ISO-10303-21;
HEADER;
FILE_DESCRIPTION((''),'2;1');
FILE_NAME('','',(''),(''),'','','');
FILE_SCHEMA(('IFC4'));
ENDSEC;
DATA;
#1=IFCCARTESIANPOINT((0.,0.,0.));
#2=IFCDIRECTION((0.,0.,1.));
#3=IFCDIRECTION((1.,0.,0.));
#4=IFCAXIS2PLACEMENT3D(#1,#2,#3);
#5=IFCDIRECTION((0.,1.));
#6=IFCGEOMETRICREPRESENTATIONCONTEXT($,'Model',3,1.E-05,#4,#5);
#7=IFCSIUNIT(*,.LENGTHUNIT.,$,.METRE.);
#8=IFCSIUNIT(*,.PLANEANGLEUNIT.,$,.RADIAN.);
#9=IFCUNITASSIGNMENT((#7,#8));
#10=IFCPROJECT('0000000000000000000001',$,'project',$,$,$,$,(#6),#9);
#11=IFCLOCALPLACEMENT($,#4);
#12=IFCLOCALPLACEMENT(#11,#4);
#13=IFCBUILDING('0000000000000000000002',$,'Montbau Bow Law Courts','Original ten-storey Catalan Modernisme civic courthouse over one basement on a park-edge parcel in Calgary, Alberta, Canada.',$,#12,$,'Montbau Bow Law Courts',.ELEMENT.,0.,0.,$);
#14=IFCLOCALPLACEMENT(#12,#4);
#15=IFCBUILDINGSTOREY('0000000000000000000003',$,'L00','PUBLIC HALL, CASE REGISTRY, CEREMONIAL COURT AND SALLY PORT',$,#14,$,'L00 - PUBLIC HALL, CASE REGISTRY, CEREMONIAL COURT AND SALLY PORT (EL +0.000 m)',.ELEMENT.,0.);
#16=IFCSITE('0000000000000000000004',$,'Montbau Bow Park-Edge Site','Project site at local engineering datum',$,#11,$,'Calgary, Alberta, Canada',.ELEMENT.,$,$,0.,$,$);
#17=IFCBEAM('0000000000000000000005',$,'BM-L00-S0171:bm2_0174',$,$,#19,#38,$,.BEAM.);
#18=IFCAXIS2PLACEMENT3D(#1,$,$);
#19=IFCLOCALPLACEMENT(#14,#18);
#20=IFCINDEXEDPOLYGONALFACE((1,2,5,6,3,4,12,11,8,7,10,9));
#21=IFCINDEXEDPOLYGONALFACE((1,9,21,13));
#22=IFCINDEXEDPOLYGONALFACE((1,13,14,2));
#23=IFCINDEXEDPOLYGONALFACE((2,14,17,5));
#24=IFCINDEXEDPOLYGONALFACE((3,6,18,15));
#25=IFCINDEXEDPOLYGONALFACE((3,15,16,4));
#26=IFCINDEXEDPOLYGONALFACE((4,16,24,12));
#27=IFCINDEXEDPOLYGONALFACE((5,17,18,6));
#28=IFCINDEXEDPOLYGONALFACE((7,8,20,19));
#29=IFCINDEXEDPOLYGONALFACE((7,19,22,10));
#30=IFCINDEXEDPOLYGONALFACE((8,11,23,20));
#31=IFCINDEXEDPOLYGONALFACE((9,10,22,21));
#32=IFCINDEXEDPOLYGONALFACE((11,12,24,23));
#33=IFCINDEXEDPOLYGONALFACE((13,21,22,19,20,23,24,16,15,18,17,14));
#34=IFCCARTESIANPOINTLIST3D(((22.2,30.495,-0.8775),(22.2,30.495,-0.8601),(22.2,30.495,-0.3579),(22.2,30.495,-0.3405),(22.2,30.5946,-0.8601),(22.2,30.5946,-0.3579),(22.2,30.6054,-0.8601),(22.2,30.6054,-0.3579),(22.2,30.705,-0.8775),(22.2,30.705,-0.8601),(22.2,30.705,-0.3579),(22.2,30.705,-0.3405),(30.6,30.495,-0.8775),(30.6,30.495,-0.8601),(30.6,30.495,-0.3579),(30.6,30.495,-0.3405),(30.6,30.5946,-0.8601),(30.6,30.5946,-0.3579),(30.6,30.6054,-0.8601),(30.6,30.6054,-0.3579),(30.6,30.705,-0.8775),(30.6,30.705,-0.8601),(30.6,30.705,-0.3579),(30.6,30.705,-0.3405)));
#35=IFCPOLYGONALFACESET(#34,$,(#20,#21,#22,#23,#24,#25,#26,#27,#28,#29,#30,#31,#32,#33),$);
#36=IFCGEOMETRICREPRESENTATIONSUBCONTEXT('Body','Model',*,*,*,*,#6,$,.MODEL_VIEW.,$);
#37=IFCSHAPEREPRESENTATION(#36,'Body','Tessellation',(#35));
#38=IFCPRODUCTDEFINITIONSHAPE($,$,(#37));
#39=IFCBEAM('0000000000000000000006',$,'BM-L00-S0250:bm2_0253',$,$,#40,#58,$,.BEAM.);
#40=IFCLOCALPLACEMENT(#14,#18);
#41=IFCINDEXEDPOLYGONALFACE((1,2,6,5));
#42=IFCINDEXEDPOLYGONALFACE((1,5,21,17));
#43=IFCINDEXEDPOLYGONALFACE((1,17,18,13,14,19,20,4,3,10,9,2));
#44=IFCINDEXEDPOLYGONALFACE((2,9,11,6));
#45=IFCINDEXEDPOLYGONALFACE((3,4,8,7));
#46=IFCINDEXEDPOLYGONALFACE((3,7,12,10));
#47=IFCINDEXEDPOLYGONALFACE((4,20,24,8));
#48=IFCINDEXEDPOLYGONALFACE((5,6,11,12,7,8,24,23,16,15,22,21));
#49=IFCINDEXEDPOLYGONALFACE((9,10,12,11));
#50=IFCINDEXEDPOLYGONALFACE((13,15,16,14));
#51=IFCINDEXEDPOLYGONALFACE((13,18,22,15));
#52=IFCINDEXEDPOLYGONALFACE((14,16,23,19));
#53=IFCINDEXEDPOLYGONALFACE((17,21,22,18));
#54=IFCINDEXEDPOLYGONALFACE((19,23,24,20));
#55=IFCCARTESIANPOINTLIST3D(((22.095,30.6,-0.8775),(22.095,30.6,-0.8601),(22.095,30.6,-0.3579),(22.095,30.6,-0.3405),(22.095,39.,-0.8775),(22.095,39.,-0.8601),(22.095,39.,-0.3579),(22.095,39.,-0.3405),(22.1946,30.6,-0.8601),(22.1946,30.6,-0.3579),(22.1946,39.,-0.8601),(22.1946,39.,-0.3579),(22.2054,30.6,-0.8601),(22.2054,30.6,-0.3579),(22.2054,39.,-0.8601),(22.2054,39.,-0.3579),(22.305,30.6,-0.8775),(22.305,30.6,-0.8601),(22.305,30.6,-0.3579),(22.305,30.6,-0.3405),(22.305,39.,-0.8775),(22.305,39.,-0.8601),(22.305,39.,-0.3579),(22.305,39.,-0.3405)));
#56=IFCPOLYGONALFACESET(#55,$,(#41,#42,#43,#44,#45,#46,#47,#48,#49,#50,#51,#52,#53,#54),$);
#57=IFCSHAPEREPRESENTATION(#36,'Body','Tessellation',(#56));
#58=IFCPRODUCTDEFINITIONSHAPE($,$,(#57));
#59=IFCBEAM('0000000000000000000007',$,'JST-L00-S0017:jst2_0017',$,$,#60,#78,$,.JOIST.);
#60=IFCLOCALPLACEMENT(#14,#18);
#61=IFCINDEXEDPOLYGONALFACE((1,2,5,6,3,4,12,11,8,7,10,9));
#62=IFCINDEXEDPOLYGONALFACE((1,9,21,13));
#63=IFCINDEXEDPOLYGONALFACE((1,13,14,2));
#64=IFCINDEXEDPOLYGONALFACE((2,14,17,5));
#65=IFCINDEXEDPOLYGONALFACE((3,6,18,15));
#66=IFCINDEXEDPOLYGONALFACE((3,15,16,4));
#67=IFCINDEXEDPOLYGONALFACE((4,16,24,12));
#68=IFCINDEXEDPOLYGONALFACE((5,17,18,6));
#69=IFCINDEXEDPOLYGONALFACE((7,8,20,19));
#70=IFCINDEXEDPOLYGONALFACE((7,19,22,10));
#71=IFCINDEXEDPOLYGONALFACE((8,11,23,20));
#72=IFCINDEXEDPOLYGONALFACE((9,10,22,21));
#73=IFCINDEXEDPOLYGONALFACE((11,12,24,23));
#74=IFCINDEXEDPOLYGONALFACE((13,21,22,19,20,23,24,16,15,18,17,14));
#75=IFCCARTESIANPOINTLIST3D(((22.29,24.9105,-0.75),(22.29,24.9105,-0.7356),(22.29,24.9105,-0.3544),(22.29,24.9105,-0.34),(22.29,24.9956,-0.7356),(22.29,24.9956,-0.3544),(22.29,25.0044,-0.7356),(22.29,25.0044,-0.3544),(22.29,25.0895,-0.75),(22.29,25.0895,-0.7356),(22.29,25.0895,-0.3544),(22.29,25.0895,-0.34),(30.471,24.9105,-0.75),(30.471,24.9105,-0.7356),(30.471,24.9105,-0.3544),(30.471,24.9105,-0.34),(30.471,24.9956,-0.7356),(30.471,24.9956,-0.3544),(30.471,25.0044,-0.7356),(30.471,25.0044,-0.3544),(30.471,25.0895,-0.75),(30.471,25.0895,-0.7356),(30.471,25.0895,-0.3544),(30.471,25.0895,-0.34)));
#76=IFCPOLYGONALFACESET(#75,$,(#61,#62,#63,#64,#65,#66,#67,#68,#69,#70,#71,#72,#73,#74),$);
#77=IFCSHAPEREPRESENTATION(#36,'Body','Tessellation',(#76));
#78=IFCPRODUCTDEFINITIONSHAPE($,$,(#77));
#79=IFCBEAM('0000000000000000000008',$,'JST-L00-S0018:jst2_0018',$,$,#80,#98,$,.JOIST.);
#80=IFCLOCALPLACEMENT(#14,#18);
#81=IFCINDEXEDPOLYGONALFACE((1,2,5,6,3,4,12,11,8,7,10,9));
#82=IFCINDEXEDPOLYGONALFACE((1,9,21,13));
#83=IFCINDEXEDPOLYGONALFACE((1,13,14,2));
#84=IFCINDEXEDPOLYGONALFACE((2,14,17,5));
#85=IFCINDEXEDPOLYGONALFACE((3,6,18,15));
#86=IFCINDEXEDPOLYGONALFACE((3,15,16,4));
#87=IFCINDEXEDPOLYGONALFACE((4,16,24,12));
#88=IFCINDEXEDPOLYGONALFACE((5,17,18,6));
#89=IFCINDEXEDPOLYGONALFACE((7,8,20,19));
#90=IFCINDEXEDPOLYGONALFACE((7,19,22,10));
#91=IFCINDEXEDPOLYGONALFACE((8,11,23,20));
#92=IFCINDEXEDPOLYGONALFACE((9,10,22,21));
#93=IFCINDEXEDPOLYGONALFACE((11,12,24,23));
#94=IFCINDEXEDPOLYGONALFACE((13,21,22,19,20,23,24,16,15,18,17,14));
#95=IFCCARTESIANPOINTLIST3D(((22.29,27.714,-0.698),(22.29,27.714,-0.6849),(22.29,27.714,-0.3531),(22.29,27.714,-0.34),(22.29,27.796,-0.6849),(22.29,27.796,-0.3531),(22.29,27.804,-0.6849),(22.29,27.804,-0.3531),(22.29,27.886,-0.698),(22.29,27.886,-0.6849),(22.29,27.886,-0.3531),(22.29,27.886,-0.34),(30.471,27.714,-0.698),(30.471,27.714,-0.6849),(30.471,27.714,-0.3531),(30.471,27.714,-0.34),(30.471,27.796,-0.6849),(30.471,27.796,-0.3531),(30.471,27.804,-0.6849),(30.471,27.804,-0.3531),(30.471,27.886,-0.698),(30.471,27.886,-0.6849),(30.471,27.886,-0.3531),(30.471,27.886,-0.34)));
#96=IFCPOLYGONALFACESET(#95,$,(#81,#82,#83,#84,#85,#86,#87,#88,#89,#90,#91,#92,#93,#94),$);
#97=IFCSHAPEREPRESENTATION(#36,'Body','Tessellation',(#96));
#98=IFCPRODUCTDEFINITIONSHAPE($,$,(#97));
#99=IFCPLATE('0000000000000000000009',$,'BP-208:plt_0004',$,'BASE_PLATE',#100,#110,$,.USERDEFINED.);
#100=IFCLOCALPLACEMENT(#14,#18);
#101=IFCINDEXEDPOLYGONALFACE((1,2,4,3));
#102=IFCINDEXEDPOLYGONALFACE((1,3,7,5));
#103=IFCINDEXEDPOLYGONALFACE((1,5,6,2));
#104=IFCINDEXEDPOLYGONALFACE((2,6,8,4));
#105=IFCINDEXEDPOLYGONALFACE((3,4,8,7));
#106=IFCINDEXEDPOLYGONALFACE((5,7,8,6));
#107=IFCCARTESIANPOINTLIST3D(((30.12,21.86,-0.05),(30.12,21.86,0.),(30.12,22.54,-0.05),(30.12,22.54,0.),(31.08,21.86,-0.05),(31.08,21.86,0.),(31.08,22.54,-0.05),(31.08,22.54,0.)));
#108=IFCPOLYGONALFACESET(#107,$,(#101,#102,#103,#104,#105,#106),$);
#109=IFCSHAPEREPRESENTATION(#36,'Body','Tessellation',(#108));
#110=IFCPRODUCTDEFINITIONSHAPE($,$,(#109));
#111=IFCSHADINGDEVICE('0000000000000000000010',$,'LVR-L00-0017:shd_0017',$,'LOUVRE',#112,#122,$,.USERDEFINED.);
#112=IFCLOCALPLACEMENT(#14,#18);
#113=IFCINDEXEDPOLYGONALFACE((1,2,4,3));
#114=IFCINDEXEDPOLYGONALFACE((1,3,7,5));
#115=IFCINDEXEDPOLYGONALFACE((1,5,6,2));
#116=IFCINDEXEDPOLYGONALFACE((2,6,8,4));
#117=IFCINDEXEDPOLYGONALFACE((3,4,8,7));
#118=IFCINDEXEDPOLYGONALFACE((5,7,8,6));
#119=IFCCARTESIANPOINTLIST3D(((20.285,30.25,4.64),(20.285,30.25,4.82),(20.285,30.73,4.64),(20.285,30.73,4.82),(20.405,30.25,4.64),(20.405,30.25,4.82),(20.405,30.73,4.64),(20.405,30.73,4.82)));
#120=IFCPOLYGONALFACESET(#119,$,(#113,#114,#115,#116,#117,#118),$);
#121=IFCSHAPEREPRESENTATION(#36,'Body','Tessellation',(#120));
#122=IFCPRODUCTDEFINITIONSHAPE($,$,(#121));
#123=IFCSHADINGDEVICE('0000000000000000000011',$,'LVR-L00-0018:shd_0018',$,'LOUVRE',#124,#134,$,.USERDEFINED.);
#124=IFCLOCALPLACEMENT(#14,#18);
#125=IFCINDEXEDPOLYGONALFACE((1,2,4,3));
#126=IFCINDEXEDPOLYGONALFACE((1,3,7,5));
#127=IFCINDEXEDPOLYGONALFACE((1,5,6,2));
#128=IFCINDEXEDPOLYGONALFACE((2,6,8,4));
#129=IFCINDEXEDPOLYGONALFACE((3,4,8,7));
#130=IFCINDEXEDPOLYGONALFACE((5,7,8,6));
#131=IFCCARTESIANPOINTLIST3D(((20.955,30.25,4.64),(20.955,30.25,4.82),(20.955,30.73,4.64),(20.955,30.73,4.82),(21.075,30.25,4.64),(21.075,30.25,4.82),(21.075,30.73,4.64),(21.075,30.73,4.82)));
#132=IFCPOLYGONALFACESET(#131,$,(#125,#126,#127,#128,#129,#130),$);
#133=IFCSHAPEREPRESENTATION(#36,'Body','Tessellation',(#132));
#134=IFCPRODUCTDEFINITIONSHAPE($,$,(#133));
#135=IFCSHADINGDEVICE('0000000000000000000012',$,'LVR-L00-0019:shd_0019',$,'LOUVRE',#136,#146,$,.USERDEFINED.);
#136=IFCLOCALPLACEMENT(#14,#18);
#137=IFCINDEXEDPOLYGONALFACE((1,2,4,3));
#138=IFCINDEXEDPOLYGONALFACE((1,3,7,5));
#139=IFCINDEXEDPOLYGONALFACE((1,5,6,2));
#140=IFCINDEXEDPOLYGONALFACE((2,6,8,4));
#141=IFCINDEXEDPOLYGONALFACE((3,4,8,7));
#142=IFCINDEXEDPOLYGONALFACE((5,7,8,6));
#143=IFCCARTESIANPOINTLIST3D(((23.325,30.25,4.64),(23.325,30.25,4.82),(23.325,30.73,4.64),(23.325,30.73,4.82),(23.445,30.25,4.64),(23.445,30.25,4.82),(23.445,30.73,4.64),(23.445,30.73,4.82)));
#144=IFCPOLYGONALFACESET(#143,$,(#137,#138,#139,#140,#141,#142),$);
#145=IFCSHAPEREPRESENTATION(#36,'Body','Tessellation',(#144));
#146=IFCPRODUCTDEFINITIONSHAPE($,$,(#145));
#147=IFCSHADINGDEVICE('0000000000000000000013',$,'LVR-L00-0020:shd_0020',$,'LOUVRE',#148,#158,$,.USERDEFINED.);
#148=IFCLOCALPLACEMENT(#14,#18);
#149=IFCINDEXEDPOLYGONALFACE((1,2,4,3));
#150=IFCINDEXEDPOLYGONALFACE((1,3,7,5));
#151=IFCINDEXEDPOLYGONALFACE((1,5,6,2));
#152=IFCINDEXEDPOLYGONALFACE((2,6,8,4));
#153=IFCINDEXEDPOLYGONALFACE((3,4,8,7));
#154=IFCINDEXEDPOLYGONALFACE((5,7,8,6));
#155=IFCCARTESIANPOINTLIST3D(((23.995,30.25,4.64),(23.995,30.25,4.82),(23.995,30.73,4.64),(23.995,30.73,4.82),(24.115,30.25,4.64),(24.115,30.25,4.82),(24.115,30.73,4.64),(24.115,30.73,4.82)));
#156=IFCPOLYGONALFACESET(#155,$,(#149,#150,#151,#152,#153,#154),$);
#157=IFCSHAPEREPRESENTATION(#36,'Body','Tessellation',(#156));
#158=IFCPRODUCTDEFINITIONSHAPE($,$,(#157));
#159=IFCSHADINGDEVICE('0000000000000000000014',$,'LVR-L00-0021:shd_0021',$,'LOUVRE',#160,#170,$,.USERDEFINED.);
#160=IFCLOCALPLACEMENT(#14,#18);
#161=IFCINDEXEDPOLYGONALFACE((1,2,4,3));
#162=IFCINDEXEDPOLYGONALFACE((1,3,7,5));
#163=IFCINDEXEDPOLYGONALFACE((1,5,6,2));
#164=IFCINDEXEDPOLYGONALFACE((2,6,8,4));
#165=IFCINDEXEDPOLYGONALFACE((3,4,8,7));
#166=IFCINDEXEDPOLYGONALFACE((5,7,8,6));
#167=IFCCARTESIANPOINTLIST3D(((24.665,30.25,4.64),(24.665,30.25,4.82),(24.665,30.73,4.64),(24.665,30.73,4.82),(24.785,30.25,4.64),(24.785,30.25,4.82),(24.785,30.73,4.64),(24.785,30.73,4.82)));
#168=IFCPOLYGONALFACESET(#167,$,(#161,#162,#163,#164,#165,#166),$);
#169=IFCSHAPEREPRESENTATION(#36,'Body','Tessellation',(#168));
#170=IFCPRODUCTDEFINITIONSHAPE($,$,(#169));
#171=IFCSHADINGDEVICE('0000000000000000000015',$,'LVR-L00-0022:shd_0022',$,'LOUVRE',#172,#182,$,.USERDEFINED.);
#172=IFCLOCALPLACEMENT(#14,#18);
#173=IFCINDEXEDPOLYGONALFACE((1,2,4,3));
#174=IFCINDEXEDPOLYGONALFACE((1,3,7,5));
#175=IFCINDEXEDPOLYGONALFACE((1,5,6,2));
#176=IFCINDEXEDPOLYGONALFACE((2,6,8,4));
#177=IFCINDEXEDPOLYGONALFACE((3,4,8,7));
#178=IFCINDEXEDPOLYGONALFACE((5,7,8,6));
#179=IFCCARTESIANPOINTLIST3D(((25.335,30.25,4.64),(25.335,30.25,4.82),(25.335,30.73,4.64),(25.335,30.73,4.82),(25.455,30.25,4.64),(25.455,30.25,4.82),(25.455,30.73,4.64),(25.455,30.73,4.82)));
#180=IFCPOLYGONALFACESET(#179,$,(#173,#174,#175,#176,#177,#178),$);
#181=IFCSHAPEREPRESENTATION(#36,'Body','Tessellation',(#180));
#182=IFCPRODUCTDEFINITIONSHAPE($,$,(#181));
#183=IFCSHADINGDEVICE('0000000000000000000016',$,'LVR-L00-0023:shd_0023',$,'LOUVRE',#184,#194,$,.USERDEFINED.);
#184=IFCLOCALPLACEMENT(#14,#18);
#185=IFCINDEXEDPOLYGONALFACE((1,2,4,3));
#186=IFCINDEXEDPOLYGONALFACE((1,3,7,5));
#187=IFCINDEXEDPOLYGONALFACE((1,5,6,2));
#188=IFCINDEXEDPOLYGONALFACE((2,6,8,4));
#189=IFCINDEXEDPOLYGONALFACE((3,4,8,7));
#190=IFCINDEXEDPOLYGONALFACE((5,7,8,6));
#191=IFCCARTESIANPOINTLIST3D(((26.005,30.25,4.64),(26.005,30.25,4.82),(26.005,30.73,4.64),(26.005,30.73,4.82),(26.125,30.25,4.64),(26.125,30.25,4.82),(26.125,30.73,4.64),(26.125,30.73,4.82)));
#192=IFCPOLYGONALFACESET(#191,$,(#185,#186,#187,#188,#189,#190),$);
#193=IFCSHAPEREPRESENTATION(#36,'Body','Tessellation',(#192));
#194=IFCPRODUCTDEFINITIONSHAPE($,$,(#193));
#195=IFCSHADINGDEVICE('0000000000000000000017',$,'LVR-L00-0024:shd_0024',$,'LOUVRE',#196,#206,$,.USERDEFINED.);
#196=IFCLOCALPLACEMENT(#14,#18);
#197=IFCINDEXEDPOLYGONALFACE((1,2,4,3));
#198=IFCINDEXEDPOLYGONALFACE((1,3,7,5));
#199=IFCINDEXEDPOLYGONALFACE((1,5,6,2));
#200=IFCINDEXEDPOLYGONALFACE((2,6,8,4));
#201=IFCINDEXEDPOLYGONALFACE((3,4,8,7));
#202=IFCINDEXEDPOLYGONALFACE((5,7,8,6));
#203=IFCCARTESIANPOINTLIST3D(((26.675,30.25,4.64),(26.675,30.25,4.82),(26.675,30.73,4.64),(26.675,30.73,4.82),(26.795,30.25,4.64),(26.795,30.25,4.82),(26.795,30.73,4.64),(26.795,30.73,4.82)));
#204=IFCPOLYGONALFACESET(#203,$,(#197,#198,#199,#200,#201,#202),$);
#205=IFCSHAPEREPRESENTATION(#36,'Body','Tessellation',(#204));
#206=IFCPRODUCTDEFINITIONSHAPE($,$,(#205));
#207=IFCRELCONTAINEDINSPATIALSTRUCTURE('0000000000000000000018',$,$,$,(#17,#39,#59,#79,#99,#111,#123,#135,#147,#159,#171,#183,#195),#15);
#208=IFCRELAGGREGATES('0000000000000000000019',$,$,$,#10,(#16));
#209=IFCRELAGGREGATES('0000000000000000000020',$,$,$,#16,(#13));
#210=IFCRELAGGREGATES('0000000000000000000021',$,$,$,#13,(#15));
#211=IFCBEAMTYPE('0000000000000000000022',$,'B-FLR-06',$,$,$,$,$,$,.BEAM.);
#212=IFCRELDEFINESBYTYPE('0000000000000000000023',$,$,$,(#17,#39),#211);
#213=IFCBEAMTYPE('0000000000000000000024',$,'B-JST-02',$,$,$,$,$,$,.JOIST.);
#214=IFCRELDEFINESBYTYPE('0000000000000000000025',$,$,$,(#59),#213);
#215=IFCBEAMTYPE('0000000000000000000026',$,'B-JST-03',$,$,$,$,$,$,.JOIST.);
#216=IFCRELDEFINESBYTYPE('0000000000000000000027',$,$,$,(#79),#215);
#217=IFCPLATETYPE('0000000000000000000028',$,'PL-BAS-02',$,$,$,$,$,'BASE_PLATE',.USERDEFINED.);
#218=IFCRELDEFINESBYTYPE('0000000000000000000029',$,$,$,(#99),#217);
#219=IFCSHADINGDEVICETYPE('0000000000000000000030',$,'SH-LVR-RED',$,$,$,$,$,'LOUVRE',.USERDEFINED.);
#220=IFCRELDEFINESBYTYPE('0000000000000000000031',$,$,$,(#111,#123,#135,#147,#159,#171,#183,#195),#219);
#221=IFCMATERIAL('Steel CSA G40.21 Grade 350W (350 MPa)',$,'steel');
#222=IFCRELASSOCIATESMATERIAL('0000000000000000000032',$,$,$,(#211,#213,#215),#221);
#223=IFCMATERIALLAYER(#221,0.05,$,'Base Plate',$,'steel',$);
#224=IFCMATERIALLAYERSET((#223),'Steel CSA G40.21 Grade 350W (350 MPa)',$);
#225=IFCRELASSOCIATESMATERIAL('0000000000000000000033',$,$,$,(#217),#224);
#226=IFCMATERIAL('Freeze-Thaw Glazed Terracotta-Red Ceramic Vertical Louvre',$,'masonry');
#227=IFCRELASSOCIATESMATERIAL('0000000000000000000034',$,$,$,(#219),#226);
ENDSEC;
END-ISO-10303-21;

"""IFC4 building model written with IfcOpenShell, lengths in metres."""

from ifc_helpers import new_model, si_unit, direction, frame, origin_with_axes, origin_2d_with_axis, place, context, subcontext, project, spatial, rectangle, i_section, extrude, material, layer, layer_set, material_profile, profile_set, type_object, element, save


model = new_model("IFC4")

# Units and contexts
model_context = context("Model", 3, precision=1e-05, world=origin_with_axes(), true_north=direction((0.0, 1.0)))
body_context = subcontext(model_context, "Body", "Model", "MODEL_VIEW")
ifc_project = project(units=[si_unit("LENGTHUNIT", "METRE"), si_unit("PLANEANGLEUNIT", "RADIAN")], contexts=[model_context])

# Site, building, storey
site_placement = place(None, origin_with_axes())
site = spatial("IfcSite", under=ifc_project, at=site_placement, Name="Montbau Bow Park-Edge Site", Description="Project site at local engineering datum", LongName="Calgary, Alberta, Canada", CompositionType="ELEMENT", RefElevation=0.0)
building_placement = place(site_placement, origin_with_axes())
building = spatial("IfcBuilding", under=site, at=building_placement, Name="Montbau Bow Law Courts", Description="Original ten-storey Catalan Modernisme civic courthouse over one basement on a park-edge parcel in Calgary, Alberta, Canada.", LongName="Montbau Bow Law Courts", CompositionType="ELEMENT", ElevationOfRefHeight=0.0, ElevationOfTerrain=0.0)
storey_placement = place(building_placement, origin_with_axes())
storey = spatial("IfcBuildingStorey", under=building, at=storey_placement, Name="L00", Description="PUBLIC HALL, CASE REGISTRY, CEREMONIAL COURT AND SALLY PORT", LongName="L00 - PUBLIC HALL, CASE REGISTRY, CEREMONIAL COURT AND SALLY PORT (EL +0.000 m)", CompositionType="ELEMENT", Elevation=0.0)

# Shared definitions
ifc_material_1 = material(Name="Steel CSA G40.21 Grade 350W (350 MPa)", Category="steel")

# Beams
ifc_material_profile_1 = material_profile(ifc_material_1, i_section(OverallWidth=0.21, OverallDepth=0.537, WebThickness=0.0109, FlangeThickness=0.0174, at=origin_2d_with_axis()), Name="W530X101", Category="Main", Priority=0)
ifc_profile_set_1 = profile_set([ifc_material_profile_1], Name="Steel CSA G40.21 Grade 350W (350 MPa)")
beam_type_1 = type_object("IfcBeamType", Name="B-FLR-06", PredefinedType="BEAM", material=ifc_profile_set_1)
for number, where, z_axis, x_axis, name in (
    (1, (22.2, 30.6, -0.609), (1.0, 0.0, 0.0), (0.0, 1.0, 0.0), "BM-L00-S0171:bm2_0174"),
    (2, (22.2, 30.6, -0.609), (0.0, 1.0, 0.0), (-1.0, 0.0, 0.0), "BM-L00-S0250:bm2_0253"),
):
    element("IfcBeam", number, at=place(None, frame(where, z_axis=z_axis, x_axis=x_axis)), inside=storey, type_object=beam_type_1, Name=name, PredefinedType="BEAM", context=body_context, shape_type="SweptSolid", body=[
        extrude(i_section(OverallWidth=0.21, OverallDepth=0.537, WebThickness=0.0109, FlangeThickness=0.0174, at=origin_2d_with_axis()), origin_with_axes(), (0.0, 0.0, 1.0), 8.4),
    ])
ifc_material_profile_2 = material_profile(ifc_material_1, i_section(OverallWidth=0.179, OverallDepth=0.41, WebThickness=0.0088, FlangeThickness=0.0144, at=origin_2d_with_axis()), Name="W410X67", Category="Main", Priority=0)
ifc_profile_set_2 = profile_set([ifc_material_profile_2], Name="Steel CSA G40.21 Grade 350W (350 MPa)")
beam_type_2 = type_object("IfcBeamType", Name="B-JST-02", PredefinedType="JOIST", material=ifc_profile_set_2)
beam_1_placement = place(None, frame((22.29, 25.0, -0.545), z_axis=(1.0, 0.0, 0.0), x_axis=(0.0, 1.0, 0.0)))
element("IfcBeam", 3, at=beam_1_placement, inside=storey, type_object=beam_type_2, Name="JST-L00-S0017:jst2_0017", PredefinedType="JOIST", context=body_context, shape_type="SweptSolid", body=[
    extrude(i_section(OverallWidth=0.179, OverallDepth=0.41, WebThickness=0.0088, FlangeThickness=0.0144, at=origin_2d_with_axis()), origin_with_axes(), (0.0, 0.0, 1.0), 8.181),
])
ifc_material_profile_3 = material_profile(ifc_material_1, i_section(OverallWidth=0.172, OverallDepth=0.358, WebThickness=0.0079, FlangeThickness=0.0131, at=origin_2d_with_axis()), Name="W360X57", Category="Main", Priority=0)
ifc_profile_set_3 = profile_set([ifc_material_profile_3], Name="Steel CSA G40.21 Grade 350W (350 MPa)")
beam_type_3 = type_object("IfcBeamType", Name="B-JST-03", PredefinedType="JOIST", material=ifc_profile_set_3)
beam_2_placement = place(None, frame((22.29, 27.8, -0.519), z_axis=(1.0, 0.0, 0.0), x_axis=(0.0, 1.0, 0.0)))
element("IfcBeam", 4, at=beam_2_placement, inside=storey, type_object=beam_type_3, Name="JST-L00-S0018:jst2_0018", PredefinedType="JOIST", context=body_context, shape_type="SweptSolid", body=[
    extrude(i_section(OverallWidth=0.172, OverallDepth=0.358, WebThickness=0.0079, FlangeThickness=0.0131, at=origin_2d_with_axis()), origin_with_axes(), (0.0, 0.0, 1.0), 8.181),
])

# Plate
ifc_layer = layer(ifc_material_1, 0.05, Name="Base Plate", Category="steel")
ifc_layer_set = layer_set([ifc_layer], Name="Steel CSA G40.21 Grade 350W (350 MPa)")
plate_type = type_object("IfcPlateType", Name="PL-BAS-02", ElementType="BASE_PLATE", PredefinedType="USERDEFINED", material=ifc_layer_set)
plate_placement = place(None, frame((30.6, 22.2, -0.05), z_axis=(0.0, 0.0, 1.0), x_axis=(1.0, 0.0, 0.0)))
element("IfcPlate", 5, at=plate_placement, inside=storey, type_object=plate_type, Name="BP-208:plt_0004", ObjectType="BASE_PLATE", PredefinedType="USERDEFINED", context=body_context, shape_type="SweptSolid", body=[
    extrude(rectangle(XDim=0.96, YDim=0.68, at=origin_2d_with_axis()), origin_with_axes(), (0.0, 0.0, 1.0), 0.05),
])

# Shading devices
ifc_material_2 = material(Name="Freeze-Thaw Glazed Terracotta-Red Ceramic Vertical Louvre", Category="masonry")
shading_device_type = type_object("IfcShadingDeviceType", Name="SH-LVR-RED", ElementType="LOUVRE", PredefinedType="USERDEFINED", material=ifc_material_2)
for number, where, z_axis, x_axis, name in (
    (6, (20.345, 30.49, 4.64), (0.0, 0.0, 1.0), (0.0, -1.0, 0.0), "LVR-L00-0017:shd_0017"),
    (7, (21.015, 30.49, 4.64), (0.0, 0.0, 1.0), (0.0, -1.0, 0.0), "LVR-L00-0018:shd_0018"),
    (8, (23.385, 30.49, 4.64), (0.0, 0.0, 1.0), (0.0, -1.0, 0.0), "LVR-L00-0019:shd_0019"),
    (9, (24.055, 30.49, 4.64), (0.0, 0.0, 1.0), (0.0, -1.0, 0.0), "LVR-L00-0020:shd_0020"),
    (10, (24.725, 30.49, 4.64), (0.0, 0.0, 1.0), (0.0, -1.0, 0.0), "LVR-L00-0021:shd_0021"),
    (11, (25.395, 30.49, 4.64), (0.0, 0.0, 1.0), (0.0, -1.0, 0.0), "LVR-L00-0022:shd_0022"),
    (12, (26.065, 30.49, 4.64), (0.0, 0.0, 1.0), (0.0, -1.0, 0.0), "LVR-L00-0023:shd_0023"),
    (13, (26.735, 30.49, 4.64), (0.0, 0.0, 1.0), (0.0, -1.0, 0.0), "LVR-L00-0024:shd_0024"),
):
    element("IfcShadingDevice", number, at=place(None, frame(where, z_axis=z_axis, x_axis=x_axis)), inside=storey, type_object=shading_device_type, Name=name, ObjectType="LOUVRE", PredefinedType="USERDEFINED", context=body_context, shape_type="SweptSolid", body=[
        extrude(rectangle(XDim=0.48, YDim=0.12, at=origin_2d_with_axis()), origin_with_axes(), (0.0, 0.0, 1.0), 0.18),
    ])

save(model, "model.ifc")
